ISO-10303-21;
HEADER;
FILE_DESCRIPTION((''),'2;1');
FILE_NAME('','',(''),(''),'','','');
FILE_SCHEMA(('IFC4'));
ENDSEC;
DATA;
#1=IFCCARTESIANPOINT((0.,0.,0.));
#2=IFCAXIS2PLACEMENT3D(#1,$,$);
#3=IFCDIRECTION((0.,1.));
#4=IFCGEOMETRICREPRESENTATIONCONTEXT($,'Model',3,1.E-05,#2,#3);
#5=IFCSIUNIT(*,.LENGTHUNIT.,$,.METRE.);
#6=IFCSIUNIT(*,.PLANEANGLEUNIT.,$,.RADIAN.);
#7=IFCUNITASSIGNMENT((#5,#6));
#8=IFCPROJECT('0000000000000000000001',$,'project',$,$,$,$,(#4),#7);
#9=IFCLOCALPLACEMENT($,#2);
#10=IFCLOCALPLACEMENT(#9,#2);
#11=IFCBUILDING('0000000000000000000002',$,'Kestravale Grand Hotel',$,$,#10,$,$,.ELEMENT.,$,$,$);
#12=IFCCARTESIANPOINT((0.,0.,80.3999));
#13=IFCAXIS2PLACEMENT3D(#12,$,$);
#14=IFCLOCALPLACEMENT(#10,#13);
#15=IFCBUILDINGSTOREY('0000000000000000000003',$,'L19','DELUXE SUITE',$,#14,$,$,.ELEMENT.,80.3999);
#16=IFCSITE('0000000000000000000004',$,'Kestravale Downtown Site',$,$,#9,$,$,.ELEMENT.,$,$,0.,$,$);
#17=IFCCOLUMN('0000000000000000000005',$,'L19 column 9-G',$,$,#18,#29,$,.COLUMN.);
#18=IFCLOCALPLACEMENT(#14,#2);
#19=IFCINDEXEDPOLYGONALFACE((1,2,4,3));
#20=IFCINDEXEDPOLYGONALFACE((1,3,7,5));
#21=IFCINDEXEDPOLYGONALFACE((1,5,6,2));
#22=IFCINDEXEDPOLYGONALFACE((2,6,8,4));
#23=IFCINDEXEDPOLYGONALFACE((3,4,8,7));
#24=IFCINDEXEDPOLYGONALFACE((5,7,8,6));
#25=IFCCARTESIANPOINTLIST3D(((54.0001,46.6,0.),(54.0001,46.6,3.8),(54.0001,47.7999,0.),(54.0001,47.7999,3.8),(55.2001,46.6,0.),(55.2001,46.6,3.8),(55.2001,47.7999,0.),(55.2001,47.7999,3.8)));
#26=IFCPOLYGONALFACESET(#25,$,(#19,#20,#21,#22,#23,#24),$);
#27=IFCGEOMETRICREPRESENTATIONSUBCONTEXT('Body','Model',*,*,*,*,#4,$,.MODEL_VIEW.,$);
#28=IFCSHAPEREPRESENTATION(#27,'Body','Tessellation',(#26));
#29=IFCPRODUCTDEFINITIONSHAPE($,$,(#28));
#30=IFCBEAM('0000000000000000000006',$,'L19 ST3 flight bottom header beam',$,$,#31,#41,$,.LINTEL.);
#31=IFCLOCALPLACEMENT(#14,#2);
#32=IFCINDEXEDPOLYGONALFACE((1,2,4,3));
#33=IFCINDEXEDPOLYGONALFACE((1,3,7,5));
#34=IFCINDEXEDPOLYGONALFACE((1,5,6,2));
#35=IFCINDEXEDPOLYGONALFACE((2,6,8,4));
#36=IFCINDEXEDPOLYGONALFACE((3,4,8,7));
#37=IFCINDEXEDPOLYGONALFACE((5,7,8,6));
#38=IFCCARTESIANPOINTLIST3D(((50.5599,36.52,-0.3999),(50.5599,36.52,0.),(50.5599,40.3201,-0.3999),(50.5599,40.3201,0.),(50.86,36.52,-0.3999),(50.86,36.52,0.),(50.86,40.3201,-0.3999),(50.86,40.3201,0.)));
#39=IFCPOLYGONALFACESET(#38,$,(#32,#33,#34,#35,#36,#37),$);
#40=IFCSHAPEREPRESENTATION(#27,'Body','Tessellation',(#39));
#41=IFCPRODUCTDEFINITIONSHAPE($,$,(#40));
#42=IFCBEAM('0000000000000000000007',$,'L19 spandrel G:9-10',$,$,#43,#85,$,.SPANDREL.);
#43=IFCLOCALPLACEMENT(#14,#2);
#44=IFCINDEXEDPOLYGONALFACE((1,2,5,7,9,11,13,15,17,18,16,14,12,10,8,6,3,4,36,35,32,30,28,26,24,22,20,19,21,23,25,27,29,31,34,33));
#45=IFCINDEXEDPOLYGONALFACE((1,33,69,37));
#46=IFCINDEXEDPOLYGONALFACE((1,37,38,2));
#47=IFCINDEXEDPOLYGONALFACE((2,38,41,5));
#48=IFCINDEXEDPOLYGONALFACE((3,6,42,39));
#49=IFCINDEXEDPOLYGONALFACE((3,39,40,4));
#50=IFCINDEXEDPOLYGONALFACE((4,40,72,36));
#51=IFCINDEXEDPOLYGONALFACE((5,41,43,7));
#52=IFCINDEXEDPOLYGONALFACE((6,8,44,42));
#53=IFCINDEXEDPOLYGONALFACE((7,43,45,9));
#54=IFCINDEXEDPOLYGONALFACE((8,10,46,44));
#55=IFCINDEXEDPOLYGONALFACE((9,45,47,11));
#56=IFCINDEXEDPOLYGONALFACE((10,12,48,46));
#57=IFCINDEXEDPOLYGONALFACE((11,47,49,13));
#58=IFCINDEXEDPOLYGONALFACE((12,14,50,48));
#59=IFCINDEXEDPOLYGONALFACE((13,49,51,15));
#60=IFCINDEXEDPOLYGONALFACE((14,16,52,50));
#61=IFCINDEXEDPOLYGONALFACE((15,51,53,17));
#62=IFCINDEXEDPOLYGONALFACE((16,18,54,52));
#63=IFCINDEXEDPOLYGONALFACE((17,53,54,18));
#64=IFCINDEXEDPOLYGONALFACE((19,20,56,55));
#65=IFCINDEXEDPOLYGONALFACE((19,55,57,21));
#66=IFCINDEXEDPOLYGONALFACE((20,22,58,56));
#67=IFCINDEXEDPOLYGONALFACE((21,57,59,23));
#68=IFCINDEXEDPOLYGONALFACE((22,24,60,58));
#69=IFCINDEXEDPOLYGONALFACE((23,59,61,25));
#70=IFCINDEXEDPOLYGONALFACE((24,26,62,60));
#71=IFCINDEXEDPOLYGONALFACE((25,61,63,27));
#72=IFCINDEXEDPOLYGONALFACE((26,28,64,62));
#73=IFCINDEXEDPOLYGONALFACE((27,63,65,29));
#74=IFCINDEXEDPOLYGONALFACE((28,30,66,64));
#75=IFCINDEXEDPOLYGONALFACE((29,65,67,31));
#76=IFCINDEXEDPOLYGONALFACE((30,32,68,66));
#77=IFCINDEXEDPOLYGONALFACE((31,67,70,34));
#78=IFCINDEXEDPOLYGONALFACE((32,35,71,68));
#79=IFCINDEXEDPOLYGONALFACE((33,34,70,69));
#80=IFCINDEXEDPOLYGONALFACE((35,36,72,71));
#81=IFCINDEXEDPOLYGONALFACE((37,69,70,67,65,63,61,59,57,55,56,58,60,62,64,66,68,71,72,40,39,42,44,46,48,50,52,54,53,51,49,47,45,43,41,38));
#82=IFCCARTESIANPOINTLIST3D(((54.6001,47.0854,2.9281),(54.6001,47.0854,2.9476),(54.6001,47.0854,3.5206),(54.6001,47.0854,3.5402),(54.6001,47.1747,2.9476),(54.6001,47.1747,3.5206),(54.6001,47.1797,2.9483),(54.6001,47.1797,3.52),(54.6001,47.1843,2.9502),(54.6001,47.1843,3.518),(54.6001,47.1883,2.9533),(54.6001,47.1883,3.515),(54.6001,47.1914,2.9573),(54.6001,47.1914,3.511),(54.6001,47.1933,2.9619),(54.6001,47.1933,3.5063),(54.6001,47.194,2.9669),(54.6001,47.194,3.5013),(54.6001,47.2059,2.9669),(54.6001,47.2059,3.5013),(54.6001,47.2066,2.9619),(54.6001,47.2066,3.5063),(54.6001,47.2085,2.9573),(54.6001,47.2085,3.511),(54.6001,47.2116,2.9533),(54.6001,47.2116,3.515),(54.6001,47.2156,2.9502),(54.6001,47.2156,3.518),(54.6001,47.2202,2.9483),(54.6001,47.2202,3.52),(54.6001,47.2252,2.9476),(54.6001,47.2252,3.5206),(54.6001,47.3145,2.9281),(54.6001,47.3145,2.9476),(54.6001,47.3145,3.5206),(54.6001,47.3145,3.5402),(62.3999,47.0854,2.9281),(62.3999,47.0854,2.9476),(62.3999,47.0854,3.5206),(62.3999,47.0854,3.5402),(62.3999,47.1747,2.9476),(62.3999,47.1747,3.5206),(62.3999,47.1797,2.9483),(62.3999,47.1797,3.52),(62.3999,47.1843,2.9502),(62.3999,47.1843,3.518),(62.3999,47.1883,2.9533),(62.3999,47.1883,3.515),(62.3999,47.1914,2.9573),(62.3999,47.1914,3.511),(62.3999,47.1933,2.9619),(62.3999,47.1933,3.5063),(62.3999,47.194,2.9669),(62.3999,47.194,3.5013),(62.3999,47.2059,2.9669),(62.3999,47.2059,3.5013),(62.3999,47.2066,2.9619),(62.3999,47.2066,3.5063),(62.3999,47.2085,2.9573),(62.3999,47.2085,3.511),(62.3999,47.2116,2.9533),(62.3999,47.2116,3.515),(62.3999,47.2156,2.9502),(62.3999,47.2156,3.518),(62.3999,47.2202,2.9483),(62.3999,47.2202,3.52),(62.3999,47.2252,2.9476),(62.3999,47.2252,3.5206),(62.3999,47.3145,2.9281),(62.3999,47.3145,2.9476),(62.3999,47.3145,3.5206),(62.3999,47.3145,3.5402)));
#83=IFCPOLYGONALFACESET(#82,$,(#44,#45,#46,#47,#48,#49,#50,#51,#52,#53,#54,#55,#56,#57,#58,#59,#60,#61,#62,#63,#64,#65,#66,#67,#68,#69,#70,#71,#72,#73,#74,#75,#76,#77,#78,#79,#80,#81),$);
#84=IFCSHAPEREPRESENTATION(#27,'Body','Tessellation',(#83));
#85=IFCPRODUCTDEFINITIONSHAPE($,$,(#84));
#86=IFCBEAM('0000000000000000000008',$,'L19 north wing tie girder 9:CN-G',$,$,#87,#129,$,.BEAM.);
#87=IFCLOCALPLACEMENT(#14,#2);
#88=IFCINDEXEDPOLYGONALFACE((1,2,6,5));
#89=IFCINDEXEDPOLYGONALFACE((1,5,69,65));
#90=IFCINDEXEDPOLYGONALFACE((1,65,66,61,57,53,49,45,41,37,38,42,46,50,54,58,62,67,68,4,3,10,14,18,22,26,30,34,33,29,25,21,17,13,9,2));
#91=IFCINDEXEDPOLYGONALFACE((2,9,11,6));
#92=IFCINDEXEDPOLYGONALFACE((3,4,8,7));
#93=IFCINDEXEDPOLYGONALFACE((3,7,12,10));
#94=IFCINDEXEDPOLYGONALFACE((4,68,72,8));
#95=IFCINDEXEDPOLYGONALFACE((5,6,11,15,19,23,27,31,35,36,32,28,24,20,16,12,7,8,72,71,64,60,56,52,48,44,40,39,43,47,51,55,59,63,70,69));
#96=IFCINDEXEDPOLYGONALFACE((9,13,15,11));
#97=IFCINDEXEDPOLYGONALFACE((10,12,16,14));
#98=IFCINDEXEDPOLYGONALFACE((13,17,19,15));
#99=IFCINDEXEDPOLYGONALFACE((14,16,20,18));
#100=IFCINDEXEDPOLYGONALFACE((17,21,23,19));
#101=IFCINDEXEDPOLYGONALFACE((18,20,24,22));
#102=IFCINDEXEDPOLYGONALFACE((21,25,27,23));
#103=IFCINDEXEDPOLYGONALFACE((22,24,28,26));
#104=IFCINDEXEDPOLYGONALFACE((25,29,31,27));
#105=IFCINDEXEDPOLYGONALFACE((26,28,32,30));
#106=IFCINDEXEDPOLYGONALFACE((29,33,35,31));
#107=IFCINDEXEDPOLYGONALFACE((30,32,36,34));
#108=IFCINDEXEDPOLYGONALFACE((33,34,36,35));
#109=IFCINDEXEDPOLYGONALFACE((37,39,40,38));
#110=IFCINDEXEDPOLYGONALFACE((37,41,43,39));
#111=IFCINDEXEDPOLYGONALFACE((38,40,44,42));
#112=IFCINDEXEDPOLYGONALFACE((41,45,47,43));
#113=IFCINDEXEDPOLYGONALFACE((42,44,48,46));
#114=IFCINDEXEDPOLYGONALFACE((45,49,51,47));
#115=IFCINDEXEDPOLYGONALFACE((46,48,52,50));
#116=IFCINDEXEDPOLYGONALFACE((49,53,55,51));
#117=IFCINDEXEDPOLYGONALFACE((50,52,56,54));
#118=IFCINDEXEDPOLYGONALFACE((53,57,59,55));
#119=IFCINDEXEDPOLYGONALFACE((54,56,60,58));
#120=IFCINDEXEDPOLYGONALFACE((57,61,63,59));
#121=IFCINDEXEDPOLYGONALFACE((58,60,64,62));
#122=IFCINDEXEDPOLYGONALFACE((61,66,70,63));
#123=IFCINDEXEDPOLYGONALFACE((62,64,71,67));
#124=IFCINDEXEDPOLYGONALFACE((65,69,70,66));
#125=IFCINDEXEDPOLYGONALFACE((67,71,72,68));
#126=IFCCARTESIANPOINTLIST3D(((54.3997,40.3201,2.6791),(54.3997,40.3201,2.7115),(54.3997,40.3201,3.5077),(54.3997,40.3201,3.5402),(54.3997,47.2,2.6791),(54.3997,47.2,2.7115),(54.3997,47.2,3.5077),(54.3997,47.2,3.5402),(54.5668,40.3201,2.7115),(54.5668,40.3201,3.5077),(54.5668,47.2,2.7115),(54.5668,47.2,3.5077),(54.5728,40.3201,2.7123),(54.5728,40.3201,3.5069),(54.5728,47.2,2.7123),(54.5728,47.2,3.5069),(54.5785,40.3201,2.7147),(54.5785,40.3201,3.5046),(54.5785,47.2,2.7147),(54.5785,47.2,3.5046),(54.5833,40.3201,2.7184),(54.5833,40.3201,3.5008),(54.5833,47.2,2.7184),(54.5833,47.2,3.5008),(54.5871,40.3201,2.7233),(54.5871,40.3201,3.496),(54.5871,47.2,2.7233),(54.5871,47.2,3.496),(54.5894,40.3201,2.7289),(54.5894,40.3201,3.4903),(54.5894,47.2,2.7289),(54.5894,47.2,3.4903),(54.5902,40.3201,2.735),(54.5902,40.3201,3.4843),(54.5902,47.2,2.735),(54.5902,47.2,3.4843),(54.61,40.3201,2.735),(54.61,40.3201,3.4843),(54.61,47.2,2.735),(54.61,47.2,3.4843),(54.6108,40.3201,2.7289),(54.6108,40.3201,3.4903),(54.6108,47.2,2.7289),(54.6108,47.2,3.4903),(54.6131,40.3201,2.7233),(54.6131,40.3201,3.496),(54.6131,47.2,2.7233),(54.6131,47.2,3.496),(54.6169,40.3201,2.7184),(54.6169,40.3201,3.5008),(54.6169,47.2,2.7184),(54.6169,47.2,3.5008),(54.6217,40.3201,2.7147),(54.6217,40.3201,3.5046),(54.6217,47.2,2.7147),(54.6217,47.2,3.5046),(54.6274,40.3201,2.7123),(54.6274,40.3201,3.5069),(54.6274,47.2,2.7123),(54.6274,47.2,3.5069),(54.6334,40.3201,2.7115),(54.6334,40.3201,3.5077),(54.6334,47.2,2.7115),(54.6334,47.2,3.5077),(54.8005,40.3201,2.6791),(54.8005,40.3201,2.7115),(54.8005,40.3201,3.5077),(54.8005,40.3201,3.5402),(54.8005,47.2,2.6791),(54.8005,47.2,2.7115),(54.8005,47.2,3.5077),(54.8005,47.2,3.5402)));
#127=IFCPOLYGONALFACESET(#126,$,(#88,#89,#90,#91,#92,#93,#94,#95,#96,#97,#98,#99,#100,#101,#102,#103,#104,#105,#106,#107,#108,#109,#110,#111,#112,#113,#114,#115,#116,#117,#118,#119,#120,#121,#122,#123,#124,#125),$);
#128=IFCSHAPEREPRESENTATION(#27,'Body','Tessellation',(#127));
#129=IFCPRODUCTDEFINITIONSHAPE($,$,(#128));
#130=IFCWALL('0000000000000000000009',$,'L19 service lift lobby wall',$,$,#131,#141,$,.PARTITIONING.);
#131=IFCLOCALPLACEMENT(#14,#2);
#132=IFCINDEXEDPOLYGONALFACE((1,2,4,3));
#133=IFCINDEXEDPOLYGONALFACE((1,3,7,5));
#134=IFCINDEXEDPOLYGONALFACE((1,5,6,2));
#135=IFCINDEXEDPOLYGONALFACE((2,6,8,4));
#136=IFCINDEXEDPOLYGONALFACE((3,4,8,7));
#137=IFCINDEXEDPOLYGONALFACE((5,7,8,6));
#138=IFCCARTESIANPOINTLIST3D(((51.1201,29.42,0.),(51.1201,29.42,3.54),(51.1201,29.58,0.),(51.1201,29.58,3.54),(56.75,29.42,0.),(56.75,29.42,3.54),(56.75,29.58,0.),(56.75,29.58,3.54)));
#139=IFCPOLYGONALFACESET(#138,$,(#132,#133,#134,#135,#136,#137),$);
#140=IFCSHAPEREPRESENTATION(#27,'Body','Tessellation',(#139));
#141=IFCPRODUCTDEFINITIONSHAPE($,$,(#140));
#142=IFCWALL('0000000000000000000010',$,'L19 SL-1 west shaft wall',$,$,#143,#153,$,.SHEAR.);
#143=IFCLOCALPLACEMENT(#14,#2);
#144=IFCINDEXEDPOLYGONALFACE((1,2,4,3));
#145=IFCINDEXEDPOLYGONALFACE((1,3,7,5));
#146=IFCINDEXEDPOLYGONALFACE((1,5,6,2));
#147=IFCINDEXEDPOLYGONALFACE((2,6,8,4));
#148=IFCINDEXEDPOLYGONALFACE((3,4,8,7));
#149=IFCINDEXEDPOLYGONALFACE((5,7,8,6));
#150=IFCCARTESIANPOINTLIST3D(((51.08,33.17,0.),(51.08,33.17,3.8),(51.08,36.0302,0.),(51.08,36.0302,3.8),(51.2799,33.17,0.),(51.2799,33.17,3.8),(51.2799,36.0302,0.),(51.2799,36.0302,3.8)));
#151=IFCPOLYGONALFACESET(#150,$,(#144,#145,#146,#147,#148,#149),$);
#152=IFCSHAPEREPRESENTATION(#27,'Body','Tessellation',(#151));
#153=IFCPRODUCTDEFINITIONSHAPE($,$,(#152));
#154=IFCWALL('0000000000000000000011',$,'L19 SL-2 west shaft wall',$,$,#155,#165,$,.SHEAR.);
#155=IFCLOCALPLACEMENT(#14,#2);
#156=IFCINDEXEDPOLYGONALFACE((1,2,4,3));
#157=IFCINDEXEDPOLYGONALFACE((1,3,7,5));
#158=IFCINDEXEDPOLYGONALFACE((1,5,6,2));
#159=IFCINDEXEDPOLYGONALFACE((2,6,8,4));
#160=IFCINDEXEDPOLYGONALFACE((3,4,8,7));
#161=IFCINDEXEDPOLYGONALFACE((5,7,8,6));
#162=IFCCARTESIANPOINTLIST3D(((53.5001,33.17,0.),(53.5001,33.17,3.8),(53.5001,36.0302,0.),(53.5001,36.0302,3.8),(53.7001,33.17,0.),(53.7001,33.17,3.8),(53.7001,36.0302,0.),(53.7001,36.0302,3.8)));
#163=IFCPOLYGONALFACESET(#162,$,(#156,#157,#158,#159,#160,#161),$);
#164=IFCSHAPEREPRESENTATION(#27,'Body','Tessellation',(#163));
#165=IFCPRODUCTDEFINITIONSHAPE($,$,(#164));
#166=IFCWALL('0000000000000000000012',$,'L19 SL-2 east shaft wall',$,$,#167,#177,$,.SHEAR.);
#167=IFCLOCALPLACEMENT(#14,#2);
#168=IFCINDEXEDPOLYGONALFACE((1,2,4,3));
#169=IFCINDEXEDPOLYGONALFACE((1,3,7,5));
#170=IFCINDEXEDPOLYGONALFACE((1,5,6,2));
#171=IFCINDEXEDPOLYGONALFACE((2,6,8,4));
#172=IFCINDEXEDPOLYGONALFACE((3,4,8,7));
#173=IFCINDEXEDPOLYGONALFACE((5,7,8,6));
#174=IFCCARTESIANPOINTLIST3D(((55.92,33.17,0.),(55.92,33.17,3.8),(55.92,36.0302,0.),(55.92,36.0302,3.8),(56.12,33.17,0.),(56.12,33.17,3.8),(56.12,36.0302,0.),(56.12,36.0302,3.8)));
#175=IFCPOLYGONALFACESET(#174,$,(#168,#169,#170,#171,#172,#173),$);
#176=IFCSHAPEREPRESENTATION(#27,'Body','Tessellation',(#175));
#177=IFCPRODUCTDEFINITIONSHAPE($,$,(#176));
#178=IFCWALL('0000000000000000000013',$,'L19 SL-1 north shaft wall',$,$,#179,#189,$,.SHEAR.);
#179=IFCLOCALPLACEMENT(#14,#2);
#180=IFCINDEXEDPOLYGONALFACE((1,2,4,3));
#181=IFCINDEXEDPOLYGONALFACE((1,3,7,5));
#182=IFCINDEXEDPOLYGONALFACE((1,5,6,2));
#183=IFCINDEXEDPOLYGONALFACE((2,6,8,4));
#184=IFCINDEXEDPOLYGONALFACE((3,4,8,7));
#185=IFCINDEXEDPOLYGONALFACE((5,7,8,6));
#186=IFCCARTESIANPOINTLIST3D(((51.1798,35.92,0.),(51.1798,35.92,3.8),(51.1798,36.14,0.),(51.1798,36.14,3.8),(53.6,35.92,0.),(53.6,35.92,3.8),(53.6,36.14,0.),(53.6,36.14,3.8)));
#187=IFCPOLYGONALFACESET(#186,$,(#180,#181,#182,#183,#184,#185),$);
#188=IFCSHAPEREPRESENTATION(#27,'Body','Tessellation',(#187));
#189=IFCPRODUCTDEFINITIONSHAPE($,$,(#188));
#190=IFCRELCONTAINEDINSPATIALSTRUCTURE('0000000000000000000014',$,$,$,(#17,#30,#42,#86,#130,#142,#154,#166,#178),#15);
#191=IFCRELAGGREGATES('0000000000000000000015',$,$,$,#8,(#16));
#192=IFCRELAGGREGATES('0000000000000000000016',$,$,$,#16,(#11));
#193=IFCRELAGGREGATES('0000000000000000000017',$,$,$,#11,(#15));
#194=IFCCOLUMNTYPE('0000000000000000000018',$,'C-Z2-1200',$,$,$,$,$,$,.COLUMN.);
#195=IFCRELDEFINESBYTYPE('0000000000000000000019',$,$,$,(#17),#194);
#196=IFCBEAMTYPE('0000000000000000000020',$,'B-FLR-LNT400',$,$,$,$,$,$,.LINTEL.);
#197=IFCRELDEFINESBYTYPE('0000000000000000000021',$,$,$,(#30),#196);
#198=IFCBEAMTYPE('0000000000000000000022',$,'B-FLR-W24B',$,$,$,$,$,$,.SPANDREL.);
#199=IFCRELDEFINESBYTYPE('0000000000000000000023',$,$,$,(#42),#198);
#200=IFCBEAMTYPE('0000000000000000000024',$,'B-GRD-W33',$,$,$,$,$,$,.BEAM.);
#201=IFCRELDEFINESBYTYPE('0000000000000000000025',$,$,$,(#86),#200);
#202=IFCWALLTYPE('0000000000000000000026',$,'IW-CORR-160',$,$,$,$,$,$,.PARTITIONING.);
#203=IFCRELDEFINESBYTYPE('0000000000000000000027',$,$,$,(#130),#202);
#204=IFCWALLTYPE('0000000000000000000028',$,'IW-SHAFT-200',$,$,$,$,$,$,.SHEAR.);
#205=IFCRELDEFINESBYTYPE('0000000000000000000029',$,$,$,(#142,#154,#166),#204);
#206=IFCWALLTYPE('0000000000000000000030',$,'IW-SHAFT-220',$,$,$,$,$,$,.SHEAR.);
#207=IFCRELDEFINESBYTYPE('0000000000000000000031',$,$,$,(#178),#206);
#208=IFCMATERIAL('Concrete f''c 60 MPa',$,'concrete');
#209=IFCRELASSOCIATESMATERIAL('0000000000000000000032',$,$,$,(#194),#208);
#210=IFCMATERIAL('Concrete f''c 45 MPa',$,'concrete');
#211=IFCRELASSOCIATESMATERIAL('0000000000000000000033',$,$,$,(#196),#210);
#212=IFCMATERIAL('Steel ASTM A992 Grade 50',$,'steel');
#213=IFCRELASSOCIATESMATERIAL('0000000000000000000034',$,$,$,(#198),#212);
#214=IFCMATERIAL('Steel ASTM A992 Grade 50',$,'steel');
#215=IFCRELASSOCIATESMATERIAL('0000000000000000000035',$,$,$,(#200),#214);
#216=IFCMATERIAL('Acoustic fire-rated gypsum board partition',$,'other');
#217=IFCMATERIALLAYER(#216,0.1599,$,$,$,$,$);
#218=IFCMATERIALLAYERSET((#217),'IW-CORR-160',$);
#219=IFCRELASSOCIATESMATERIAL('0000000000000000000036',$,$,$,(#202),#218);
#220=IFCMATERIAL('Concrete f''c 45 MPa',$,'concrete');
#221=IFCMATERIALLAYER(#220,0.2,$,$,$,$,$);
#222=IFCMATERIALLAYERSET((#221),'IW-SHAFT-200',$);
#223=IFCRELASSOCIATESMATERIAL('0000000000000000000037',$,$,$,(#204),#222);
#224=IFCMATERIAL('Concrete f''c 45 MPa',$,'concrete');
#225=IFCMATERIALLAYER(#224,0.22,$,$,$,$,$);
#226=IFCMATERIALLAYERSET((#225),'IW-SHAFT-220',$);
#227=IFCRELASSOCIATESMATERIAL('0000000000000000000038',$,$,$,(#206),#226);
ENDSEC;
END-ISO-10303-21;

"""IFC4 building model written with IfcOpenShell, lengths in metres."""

from ifc_helpers import new_model, si_unit, direction, frame, frame_2d, origin, origin_2d, place, context, subcontext, project, spatial, rectangle, i_section, extrude, material, layer, layer_set, material_profile, profile_set, type_object, element, save


model = new_model("IFC4")

# Units and contexts
model_context = context("Model", 3, precision=1e-05, world=origin(), true_north=direction((0.0, 1.0)))
body_context = subcontext(model_context, "Body", "Model", "MODEL_VIEW")
ifc_project = project(units=[si_unit("LENGTHUNIT", "METRE"), si_unit("PLANEANGLEUNIT", "RADIAN")], contexts=[model_context])

# Site, building, storey
site_placement = place(None, origin())
site = spatial("IfcSite", under=ifc_project, at=site_placement, Name="Kestravale Downtown Site", CompositionType="ELEMENT", RefElevation=0.0)
building_placement = place(site_placement, origin())
building = spatial("IfcBuilding", under=site, at=building_placement, Name="Kestravale Grand Hotel", CompositionType="ELEMENT")
storey_placement = place(building_placement, frame((0.0, 0.0, 80.3999)))
storey = spatial("IfcBuildingStorey", under=building, at=storey_placement, Name="L19", Description="DELUXE SUITE", CompositionType="ELEMENT", Elevation=80.3999)

# Column
ifc_material_1 = material(Name="Concrete f'c 60 MPa", Category="concrete")
ifc_material_profile_1 = material_profile(ifc_material_1, rectangle(XDim=1.2, YDim=1.2, at=origin_2d()))
ifc_profile_set_1 = profile_set([ifc_material_profile_1], Name="Concrete f'c 60 MPa")
column_type = type_object("IfcColumnType", Name="C-Z2-1200", PredefinedType="COLUMN", material=ifc_profile_set_1)
column_placement = place(storey_placement, frame((54.6001, 47.2, 0.0), z_axis=(0.0, 0.0, 1.0), x_axis=(1.0, 0.0, 0.0)))
element("IfcColumn", 1, at=column_placement, inside=storey, type_object=column_type, Name="L19 column 9-G", PredefinedType="COLUMN", context=body_context, shape_type="SweptSolid", body=[
    extrude(rectangle(XDim=1.2, YDim=1.2, at=origin_2d()), origin(), (0.0, 0.0, 1.0), 3.8),
])

# Beams
ifc_material_2 = material(Name="Concrete f'c 45 MPa", Category="concrete")
ifc_material_profile_2 = material_profile(ifc_material_2, rectangle(XDim=0.3, YDim=0.3999, at=origin_2d()))
ifc_profile_set_2 = profile_set([ifc_material_profile_2], Name="Concrete f'c 45 MPa")
beam_type_1 = type_object("IfcBeamType", Name="B-FLR-LNT400", PredefinedType="LINTEL", material=ifc_profile_set_2)
beam_1_placement = place(storey_placement, frame((50.71, 36.52, -0.2), z_axis=(0.0, 1.0, 0.0), x_axis=(-1.0, 0.0, 0.0)))
element("IfcBeam", 2, at=beam_1_placement, inside=storey, type_object=beam_type_1, Name="L19 ST3 flight bottom header beam", PredefinedType="LINTEL", context=body_context, shape_type="SweptSolid", body=[
    extrude(rectangle(XDim=0.3, YDim=0.3999, at=origin_2d()), origin(), (0.0, 0.0, 1.0), 3.8),
])
ifc_material_3 = material(Name="Steel ASTM A992 Grade 50", Category="steel")
ifc_material_profile_3 = material_profile(ifc_material_3, i_section(OverallWidth=0.229, OverallDepth=0.6121, WebThickness=0.012, FlangeThickness=0.0195, FilletRadius=0.0193, at=origin_2d()))
ifc_profile_set_3 = profile_set([ifc_material_profile_3], Name="Steel ASTM A992 Grade 50")
beam_type_2 = type_object("IfcBeamType", Name="B-FLR-W24B", PredefinedType="SPANDREL", material=ifc_profile_set_3)
beam_2_placement = place(storey_placement, frame((54.6001, 47.2, 3.2341), z_axis=(1.0, 0.0, 0.0), x_axis=(0.0, 1.0, 0.0)))
element("IfcBeam", 3, at=beam_2_placement, inside=storey, type_object=beam_type_2, Name="L19 spandrel G:9-10", PredefinedType="SPANDREL", context=body_context, shape_type="SweptSolid", body=[
    extrude(i_section(OverallWidth=0.229, OverallDepth=0.6121, WebThickness=0.012, FlangeThickness=0.0195, FilletRadius=0.0193, at=origin_2d()), origin(), (0.0, 0.0, 1.0), 7.7998),
])
ifc_material_4 = material(Name="Steel ASTM A992 Grade 50", Category="steel")
ifc_material_profile_4 = material_profile(ifc_material_4, i_section(OverallWidth=0.4009, OverallDepth=0.8611, WebThickness=0.0198, FlangeThickness=0.0325, FilletRadius=0.0234, at=origin_2d()))
ifc_profile_set_4 = profile_set([ifc_material_profile_4], Name="Steel ASTM A992 Grade 50")
beam_type_3 = type_object("IfcBeamType", Name="B-GRD-W33", PredefinedType="BEAM", material=ifc_profile_set_4)
beam_3_placement = place(storey_placement, frame((54.6001, 40.3201, 3.1096), z_axis=(0.0, 1.0, 0.0), x_axis=(-1.0, 0.0, 0.0)))
element("IfcBeam", 4, at=beam_3_placement, inside=storey, type_object=beam_type_3, Name="L19 north wing tie girder 9:CN-G", PredefinedType="BEAM", context=body_context, shape_type="SweptSolid", body=[
    extrude(i_section(OverallWidth=0.4009, OverallDepth=0.8611, WebThickness=0.0198, FlangeThickness=0.0325, FilletRadius=0.0234, at=origin_2d()), origin(), (0.0, 0.0, 1.0), 6.8799),
])

# Shared definitions
ifc_material_5 = material(Name="Acoustic fire-rated gypsum board partition", Category="other")
ifc_layer_1 = layer(ifc_material_5, 0.1599)
ifc_layer_set_1 = layer_set([ifc_layer_1], Name="IW-CORR-160")
wall_type_1 = type_object("IfcWallType", Name="IW-CORR-160", PredefinedType="PARTITIONING", material=ifc_layer_set_1)

# Walls
wall_1_placement = place(storey_placement, frame((51.1201, 29.5, 0.0), z_axis=(0.0, 0.0, 1.0), x_axis=(1.0, 0.0, 0.0)))
element("IfcWall", 5, at=wall_1_placement, inside=storey, type_object=wall_type_1, Name="L19 service lift lobby wall", PredefinedType="PARTITIONING", context=body_context, shape_type="SweptSolid", body=[
    extrude(rectangle(XDim=5.6299, YDim=0.1599, at=frame_2d((2.8149, 0.0))), origin(), (0.0, 0.0, 1.0), 3.54),
])
ifc_material_6 = material(Name="Concrete f'c 45 MPa", Category="concrete")
ifc_layer_2 = layer(ifc_material_6, 0.2)
ifc_layer_set_2 = layer_set([ifc_layer_2], Name="IW-SHAFT-200")
wall_type_2 = type_object("IfcWallType", Name="IW-SHAFT-200", PredefinedType="SHEAR", material=ifc_layer_set_2)
for number, where, z_axis, x_axis, name in (
    (6, (51.1799, 33.1699, 0.0), (0.0, 0.0, 1.0), (0.0, 1.0, 0.0), "L19 SL-1 west shaft wall"),
    (7, (53.6001, 33.1699, 0.0), (0.0, 0.0, 1.0), (0.0, 1.0, 0.0), "L19 SL-2 west shaft wall"),
    (8, (56.02, 33.1699, 0.0), (0.0, 0.0, 1.0), (0.0, 1.0, 0.0), "L19 SL-2 east shaft wall"),
):
    element("IfcWall", number, at=place(storey_placement, frame(where, z_axis=z_axis, x_axis=x_axis)), inside=storey, type_object=wall_type_2, Name=name, PredefinedType="SHEAR", context=body_context, shape_type="SweptSolid", body=[
        extrude(rectangle(XDim=2.8601, YDim=0.2, at=frame_2d((1.4302, 0.0))), origin(), (0.0, 0.0, 1.0), 3.8),
    ])
ifc_material_7 = material(Name="Concrete f'c 45 MPa", Category="concrete")
ifc_layer_3 = layer(ifc_material_7, 0.22)
ifc_layer_set_3 = layer_set([ifc_layer_3], Name="IW-SHAFT-220")
wall_type_3 = type_object("IfcWallType", Name="IW-SHAFT-220", PredefinedType="SHEAR", material=ifc_layer_set_3)
wall_2_placement = place(storey_placement, frame((51.1799, 36.03, 0.0), z_axis=(0.0, 0.0, 1.0), x_axis=(1.0, 0.0, 0.0)))
element("IfcWall", 9, at=wall_2_placement, inside=storey, type_object=wall_type_3, Name="L19 SL-1 north shaft wall", PredefinedType="SHEAR", context=body_context, shape_type="SweptSolid", body=[
    extrude(rectangle(XDim=2.4202, YDim=0.22, at=frame_2d((1.21, 0.0))), origin(), (0.0, 0.0, 1.0), 3.8),
])

save(model, "model.ifc")
